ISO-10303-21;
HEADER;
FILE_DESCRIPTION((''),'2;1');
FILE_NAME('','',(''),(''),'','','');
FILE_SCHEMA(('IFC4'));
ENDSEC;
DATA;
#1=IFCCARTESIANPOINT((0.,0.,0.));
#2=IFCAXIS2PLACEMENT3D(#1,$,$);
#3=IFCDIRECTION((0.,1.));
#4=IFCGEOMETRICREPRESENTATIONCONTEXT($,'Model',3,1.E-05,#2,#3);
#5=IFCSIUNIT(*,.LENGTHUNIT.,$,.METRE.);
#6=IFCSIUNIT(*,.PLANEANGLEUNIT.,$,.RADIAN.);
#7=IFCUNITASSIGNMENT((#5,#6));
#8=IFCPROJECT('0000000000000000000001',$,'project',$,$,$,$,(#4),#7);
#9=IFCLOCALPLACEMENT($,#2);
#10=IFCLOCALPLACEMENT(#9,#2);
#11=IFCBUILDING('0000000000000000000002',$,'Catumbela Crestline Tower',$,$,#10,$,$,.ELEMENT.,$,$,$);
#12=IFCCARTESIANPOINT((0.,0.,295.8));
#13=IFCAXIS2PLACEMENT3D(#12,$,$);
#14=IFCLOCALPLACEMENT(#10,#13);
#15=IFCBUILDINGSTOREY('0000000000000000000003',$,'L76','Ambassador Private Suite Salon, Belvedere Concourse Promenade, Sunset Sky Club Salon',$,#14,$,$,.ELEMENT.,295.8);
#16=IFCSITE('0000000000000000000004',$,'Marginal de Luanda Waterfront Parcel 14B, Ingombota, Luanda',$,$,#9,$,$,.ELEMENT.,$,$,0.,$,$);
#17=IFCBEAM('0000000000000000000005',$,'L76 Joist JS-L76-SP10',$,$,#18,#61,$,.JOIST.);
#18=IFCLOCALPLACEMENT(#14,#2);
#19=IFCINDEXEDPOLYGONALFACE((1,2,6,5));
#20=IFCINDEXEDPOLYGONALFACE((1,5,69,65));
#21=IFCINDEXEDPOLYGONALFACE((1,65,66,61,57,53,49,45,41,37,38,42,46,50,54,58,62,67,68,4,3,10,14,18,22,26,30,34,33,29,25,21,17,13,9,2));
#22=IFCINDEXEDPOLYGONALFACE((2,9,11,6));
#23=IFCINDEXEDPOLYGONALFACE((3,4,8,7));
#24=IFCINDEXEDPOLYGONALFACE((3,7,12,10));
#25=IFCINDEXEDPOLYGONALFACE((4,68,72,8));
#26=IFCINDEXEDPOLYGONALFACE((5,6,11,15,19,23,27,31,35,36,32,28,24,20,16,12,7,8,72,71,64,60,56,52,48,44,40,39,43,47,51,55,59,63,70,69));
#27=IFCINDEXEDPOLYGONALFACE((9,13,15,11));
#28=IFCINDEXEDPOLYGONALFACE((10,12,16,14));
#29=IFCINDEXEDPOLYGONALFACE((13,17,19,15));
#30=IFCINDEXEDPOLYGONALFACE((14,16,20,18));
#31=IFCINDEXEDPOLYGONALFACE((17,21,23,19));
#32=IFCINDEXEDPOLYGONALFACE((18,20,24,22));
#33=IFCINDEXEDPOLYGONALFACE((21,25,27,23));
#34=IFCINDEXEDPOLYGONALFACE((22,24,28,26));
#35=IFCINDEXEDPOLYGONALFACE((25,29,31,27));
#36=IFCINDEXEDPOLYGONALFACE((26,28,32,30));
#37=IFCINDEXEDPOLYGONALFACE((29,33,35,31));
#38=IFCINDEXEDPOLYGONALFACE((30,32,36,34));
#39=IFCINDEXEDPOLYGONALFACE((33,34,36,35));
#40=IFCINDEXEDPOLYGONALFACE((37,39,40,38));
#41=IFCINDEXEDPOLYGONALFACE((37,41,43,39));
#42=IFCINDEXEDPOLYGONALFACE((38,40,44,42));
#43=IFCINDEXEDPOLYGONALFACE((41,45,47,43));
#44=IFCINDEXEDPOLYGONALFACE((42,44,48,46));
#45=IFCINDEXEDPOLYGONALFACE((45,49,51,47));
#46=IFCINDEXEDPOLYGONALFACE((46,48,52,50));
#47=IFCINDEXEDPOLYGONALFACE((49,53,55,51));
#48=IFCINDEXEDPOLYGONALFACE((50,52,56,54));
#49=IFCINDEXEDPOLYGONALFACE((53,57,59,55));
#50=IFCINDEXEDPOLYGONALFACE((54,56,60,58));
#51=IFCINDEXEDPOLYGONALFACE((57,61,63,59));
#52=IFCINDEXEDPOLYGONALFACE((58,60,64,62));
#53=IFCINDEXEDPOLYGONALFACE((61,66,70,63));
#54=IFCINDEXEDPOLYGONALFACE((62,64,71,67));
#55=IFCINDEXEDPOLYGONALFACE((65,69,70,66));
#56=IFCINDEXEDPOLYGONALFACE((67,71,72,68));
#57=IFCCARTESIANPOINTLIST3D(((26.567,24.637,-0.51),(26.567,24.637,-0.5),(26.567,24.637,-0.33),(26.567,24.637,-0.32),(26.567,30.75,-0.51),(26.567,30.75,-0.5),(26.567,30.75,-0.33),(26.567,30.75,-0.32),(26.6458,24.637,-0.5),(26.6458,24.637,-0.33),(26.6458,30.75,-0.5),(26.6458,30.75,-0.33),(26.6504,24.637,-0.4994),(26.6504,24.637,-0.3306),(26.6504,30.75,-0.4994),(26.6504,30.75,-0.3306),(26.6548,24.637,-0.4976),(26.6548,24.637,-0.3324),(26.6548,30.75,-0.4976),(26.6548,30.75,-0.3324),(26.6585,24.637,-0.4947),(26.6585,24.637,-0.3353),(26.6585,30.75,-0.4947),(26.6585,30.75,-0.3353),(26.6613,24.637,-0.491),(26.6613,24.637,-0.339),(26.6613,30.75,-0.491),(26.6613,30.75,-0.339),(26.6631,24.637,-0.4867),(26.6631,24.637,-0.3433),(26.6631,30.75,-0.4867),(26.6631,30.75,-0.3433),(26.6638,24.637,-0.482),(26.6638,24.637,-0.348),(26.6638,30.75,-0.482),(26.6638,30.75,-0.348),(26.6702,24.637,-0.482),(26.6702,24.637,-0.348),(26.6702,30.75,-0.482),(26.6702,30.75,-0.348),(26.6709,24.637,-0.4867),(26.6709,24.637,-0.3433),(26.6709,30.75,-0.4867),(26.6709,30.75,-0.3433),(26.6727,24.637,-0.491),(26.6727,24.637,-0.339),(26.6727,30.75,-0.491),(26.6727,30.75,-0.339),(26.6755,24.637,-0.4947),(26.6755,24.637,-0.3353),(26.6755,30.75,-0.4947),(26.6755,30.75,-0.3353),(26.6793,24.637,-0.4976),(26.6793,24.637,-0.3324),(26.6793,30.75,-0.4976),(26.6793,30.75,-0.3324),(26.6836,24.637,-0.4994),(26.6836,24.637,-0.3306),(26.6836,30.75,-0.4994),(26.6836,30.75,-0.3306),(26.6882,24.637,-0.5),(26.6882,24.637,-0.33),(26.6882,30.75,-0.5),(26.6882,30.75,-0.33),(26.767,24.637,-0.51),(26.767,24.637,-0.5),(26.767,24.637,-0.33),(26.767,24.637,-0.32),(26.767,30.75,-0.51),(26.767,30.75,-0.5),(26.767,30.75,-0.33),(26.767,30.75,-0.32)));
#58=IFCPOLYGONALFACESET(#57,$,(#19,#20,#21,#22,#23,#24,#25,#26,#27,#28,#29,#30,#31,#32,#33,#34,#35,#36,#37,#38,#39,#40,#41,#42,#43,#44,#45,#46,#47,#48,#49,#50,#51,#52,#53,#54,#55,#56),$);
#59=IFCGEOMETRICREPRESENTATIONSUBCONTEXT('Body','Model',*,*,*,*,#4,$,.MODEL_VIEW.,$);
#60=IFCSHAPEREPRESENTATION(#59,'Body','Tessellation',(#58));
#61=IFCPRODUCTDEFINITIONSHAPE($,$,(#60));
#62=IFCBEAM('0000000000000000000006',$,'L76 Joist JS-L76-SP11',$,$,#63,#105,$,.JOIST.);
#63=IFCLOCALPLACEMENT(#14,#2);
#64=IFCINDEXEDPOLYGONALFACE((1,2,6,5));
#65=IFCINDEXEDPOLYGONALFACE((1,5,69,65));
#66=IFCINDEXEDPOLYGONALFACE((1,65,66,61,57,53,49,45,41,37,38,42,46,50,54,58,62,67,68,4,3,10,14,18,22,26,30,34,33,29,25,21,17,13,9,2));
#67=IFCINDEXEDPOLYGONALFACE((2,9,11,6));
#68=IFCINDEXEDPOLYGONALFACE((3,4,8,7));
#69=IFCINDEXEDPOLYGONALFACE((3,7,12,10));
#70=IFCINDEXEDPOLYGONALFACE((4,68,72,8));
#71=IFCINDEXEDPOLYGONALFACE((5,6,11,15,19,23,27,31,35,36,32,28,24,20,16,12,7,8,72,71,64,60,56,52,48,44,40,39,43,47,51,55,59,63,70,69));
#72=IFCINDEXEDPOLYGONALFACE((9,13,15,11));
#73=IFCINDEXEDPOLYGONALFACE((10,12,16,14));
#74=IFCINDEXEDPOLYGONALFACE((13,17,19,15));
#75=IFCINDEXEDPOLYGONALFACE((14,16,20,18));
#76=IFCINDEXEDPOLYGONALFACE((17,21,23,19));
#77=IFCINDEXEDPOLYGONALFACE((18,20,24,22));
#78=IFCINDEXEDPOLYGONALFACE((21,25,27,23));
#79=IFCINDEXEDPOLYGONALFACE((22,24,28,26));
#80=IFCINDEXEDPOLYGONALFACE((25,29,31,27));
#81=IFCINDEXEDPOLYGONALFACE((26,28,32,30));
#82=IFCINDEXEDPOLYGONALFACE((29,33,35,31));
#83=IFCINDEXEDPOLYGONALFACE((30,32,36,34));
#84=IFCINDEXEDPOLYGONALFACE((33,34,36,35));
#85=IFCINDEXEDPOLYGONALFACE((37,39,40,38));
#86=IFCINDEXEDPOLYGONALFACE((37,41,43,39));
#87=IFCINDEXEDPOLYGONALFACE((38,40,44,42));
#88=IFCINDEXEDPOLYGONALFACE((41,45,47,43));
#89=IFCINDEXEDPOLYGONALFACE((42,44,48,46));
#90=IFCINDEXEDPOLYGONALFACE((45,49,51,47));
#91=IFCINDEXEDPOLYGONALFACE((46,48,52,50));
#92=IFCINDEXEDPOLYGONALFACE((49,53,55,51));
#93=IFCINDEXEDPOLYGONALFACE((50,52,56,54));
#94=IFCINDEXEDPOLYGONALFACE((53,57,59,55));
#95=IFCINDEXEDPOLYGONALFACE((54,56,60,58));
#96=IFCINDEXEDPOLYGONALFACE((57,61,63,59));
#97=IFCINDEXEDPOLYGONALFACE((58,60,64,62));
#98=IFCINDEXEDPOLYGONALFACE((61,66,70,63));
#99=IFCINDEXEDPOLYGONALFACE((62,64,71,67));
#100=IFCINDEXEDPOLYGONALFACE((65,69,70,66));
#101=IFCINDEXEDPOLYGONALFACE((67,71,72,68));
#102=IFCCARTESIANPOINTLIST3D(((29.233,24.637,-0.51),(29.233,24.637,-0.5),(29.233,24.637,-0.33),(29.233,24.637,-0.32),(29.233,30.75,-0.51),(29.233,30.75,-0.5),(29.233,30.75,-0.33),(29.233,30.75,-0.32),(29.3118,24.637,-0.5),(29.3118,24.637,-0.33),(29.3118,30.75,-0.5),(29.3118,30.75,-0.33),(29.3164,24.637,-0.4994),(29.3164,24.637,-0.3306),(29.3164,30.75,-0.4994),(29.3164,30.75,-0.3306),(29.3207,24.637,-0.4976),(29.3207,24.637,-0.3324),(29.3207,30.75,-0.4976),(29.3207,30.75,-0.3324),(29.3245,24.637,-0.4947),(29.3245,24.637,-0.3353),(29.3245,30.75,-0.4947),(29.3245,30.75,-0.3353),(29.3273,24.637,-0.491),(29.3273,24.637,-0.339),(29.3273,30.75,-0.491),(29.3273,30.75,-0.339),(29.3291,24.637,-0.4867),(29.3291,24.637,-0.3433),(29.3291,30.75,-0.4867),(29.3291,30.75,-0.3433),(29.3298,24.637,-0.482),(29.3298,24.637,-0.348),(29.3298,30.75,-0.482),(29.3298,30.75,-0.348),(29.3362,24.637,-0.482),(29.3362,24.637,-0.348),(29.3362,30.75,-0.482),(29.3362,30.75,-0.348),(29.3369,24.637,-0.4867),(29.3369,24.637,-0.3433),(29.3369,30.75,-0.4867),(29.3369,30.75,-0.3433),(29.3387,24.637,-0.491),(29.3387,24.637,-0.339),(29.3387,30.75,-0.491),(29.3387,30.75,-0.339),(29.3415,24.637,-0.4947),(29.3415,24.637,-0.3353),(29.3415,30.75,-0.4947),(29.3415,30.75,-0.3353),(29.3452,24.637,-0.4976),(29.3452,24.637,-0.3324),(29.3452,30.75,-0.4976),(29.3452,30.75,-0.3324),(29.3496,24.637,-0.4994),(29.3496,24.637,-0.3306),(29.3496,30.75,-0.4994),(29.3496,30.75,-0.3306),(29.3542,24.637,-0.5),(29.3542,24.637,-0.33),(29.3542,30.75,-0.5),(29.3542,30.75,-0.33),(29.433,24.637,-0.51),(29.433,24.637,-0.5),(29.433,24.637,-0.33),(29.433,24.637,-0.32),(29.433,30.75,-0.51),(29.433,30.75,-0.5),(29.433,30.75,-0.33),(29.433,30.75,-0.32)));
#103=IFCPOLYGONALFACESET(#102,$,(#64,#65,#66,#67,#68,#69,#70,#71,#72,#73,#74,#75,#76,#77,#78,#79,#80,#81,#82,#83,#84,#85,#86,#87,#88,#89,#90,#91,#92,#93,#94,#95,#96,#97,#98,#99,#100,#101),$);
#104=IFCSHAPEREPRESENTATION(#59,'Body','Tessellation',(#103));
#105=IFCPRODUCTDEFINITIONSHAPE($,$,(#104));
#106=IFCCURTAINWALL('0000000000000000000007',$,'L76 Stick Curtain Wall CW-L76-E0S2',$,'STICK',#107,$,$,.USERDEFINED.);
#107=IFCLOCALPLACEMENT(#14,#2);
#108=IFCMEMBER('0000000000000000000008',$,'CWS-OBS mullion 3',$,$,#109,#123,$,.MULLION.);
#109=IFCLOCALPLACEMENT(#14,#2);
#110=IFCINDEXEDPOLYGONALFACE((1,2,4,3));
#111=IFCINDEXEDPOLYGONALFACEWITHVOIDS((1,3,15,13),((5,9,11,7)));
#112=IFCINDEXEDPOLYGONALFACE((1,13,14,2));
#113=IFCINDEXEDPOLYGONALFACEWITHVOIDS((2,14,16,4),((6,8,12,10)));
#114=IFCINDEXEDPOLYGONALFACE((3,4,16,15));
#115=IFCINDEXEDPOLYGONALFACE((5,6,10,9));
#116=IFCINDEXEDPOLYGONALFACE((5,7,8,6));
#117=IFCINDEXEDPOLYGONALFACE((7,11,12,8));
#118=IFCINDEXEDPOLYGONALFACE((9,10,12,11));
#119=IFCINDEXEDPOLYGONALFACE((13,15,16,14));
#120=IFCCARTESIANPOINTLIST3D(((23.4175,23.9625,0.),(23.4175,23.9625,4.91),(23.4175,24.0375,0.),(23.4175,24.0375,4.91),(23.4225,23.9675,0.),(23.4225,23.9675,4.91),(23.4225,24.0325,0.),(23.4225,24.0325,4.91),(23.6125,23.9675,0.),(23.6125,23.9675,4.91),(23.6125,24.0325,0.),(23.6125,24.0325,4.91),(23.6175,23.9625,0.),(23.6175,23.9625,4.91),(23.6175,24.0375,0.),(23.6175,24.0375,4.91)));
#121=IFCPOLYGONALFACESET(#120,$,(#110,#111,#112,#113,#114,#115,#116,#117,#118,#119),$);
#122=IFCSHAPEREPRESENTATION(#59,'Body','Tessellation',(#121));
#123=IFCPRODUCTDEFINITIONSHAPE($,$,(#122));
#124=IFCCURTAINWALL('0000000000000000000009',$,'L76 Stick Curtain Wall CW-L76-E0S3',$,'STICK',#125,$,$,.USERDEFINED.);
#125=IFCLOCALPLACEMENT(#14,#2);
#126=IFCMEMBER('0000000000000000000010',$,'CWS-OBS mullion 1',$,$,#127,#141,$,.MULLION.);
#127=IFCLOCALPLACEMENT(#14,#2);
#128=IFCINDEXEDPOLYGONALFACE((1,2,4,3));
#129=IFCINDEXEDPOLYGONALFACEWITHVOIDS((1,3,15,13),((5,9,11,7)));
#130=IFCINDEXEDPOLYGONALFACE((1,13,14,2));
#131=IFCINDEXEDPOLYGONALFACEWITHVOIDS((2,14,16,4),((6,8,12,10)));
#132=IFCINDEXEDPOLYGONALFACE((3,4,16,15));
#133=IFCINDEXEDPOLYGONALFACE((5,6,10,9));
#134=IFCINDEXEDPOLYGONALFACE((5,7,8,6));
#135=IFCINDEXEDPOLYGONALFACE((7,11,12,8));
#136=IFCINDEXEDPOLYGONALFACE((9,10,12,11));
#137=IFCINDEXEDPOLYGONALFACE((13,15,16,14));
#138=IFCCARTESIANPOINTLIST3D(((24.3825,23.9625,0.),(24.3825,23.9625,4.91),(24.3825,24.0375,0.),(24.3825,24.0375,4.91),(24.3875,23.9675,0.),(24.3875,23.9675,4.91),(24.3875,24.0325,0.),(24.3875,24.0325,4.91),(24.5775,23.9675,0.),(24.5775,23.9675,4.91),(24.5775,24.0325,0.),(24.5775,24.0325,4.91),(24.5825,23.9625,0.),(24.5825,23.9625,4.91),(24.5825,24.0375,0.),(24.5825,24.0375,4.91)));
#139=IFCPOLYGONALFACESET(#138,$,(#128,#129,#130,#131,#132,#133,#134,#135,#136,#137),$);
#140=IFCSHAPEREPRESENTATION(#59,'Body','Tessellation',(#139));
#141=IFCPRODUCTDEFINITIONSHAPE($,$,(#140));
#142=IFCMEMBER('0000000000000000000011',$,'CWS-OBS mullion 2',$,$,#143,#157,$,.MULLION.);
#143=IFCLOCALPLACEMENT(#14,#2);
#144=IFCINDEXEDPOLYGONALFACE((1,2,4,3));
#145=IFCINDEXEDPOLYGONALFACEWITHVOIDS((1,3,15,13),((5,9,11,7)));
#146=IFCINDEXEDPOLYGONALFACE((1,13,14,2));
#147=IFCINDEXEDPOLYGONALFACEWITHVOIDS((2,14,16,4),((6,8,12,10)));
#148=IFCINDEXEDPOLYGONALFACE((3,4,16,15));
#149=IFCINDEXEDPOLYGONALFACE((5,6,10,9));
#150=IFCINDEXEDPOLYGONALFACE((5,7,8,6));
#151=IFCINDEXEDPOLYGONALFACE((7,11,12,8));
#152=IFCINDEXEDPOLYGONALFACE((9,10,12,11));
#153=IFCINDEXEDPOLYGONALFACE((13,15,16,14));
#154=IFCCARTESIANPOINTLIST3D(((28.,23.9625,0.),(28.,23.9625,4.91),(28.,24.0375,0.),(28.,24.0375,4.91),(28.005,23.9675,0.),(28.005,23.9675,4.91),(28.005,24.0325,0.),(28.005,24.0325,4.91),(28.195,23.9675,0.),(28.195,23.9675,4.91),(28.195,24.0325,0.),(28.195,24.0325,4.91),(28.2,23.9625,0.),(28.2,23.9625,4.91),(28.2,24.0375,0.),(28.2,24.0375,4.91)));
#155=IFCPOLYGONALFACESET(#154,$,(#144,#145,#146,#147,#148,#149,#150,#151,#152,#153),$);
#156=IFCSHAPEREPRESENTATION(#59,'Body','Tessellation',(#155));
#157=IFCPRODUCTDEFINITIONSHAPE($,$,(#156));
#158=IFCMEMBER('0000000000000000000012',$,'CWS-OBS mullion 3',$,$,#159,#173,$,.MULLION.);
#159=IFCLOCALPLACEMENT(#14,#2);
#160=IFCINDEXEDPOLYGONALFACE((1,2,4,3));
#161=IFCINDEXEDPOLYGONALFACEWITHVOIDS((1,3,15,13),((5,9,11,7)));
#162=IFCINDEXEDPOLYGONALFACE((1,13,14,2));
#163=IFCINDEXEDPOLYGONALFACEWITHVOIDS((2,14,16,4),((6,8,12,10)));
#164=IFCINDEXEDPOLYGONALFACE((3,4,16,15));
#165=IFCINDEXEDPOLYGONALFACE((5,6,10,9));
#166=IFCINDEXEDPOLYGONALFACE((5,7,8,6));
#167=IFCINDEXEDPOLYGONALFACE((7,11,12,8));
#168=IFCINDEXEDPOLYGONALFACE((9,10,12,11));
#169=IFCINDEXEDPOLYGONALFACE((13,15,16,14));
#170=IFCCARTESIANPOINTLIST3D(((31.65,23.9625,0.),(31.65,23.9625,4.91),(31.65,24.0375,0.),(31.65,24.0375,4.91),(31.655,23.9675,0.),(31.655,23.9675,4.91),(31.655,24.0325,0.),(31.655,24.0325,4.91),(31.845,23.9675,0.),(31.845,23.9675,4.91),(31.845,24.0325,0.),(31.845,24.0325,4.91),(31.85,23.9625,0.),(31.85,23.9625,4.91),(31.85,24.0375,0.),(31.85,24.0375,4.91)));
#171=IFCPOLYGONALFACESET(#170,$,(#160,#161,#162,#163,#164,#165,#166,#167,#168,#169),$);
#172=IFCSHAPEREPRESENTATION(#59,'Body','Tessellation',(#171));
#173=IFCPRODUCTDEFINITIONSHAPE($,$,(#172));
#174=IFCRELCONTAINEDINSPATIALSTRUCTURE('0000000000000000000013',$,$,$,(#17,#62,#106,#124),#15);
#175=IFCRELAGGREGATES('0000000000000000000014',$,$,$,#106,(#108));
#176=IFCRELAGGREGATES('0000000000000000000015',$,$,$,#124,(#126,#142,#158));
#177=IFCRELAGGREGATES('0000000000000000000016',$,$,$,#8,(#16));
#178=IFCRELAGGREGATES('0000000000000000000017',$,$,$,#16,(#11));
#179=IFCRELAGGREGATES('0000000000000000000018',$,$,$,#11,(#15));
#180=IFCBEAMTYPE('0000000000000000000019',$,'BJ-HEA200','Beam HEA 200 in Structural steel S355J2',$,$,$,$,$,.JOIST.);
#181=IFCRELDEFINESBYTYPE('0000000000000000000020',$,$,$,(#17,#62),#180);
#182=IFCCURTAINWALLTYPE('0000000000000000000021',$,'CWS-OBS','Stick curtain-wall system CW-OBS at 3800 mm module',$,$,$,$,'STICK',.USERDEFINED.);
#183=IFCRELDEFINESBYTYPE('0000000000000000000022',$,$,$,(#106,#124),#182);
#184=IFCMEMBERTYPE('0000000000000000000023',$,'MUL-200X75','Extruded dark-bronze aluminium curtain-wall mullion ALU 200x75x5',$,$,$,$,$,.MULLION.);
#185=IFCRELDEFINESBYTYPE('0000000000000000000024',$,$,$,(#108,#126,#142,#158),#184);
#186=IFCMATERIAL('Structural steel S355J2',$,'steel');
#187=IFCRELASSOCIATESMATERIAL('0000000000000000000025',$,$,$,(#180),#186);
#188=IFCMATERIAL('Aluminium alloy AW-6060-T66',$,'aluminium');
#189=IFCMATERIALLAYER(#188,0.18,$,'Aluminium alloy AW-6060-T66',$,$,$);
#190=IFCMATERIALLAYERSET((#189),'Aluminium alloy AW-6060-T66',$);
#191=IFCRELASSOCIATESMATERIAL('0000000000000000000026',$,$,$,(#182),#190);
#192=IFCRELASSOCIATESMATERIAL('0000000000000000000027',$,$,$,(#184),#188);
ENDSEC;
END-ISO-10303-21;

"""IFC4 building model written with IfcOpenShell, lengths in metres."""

from ifc_helpers import new_model, si_unit, direction, frame, origin, origin_2d, place, context, subcontext, project, spatial, hollow_rectangle, i_section, extrude, material, layer, layer_set, material_profile, profile_set, type_object, element, aggregate, save


model = new_model("IFC4")

# Units and contexts
model_context = context("Model", 3, precision=1e-05, world=origin(), true_north=direction((0.0, 1.0)))
body_context = subcontext(model_context, "Body", "Model", "MODEL_VIEW")
ifc_project = project(units=[si_unit("LENGTHUNIT", "METRE"), si_unit("PLANEANGLEUNIT", "RADIAN")], contexts=[model_context])

# Site, building, storey
site_placement = place(None, origin())
site = spatial("IfcSite", under=ifc_project, at=site_placement, Name="Marginal de Luanda Waterfront Parcel 14B, Ingombota, Luanda", CompositionType="ELEMENT", RefElevation=0.0)
building_placement = place(site_placement, origin())
building = spatial("IfcBuilding", under=site, at=building_placement, Name="Catumbela Crestline Tower", CompositionType="ELEMENT")
storey_placement = place(building_placement, frame((0.0, 0.0, 295.8)))
storey = spatial("IfcBuildingStorey", under=building, at=storey_placement, Name="L76", Description="Ambassador Private Suite Salon, Belvedere Concourse Promenade, Sunset Sky Club Salon", CompositionType="ELEMENT", Elevation=295.8)

# Shared definitions
ifc_material_1 = material(Name="Structural steel S355J2", Category="steel")

# Beams
ifc_material_profile_1 = material_profile(ifc_material_1, i_section(OverallWidth=0.2, OverallDepth=0.19, WebThickness=0.0065, FlangeThickness=0.01, FilletRadius=0.018, at=origin_2d()), Name="HEA 200")
ifc_profile_set_1 = profile_set([ifc_material_profile_1], Name="Structural steel S355J2")
beam_type_1 = type_object("IfcBeamType", Name="BJ-HEA200", Description="Beam HEA 200 in Structural steel S355J2", PredefinedType="JOIST", material=ifc_profile_set_1)
for number, where, z_axis, x_axis, name in (
    (1, (26.667, 24.637, -0.415), (0.0, 1.0, 0.0), (-1.0, 0.0, 0.0), "L76 Joist JS-L76-SP10"),
    (2, (29.333, 24.637, -0.415), (0.0, 1.0, 0.0), (-1.0, 0.0, 0.0), "L76 Joist JS-L76-SP11"),
):
    element("IfcBeam", number, at=place(storey_placement, frame(where, z_axis=z_axis, x_axis=x_axis)), inside=storey, type_object=beam_type_1, Name=name, PredefinedType="JOIST", context=body_context, shape_type="SweptSolid", body=[
        extrude(i_section(OverallWidth=0.2, OverallDepth=0.19, WebThickness=0.0065, FlangeThickness=0.01, FilletRadius=0.018, at=origin_2d()), origin(), (0.0, 0.0, 1.0), 6.113),
    ])

# Curtain wall, member
ifc_material_2 = material(Name="Aluminium alloy AW-6060-T66", Category="aluminium")
ifc_layer_1 = layer(ifc_material_2, 0.18, Name="Aluminium alloy AW-6060-T66")
ifc_layer_set_1 = layer_set([ifc_layer_1], Name="Aluminium alloy AW-6060-T66")
curtain_wall_type = type_object("IfcCurtainWallType", Name="CWS-OBS", Description="Stick curtain-wall system CW-OBS at 3800 mm module", ElementType="STICK", PredefinedType="USERDEFINED", material=ifc_layer_set_1)
curtain_wall_1_placement = place(storey_placement, origin())
curtain_wall_1 = element("IfcCurtainWall", 3, at=curtain_wall_1_placement, inside=storey, type_object=curtain_wall_type, Name="L76 Stick Curtain Wall CW-L76-E0S2", ObjectType="STICK", PredefinedType="USERDEFINED")
ifc_material_profile_2 = material_profile(ifc_material_2, hollow_rectangle(XDim=0.075, YDim=0.2, WallThickness=0.005, at=origin_2d()), Name="ALU 200x75x5")
ifc_profile_set_2 = profile_set([ifc_material_profile_2], Name="Aluminium alloy AW-6060-T66")
member_type_1 = type_object("IfcMemberType", Name="MUL-200X75", Description="Extruded dark-bronze aluminium curtain-wall mullion ALU 200x75x5", PredefinedType="MULLION", material=ifc_profile_set_2)
member_1_placement = place(storey_placement, frame((23.5175, 24.0, 0.0), z_axis=(0.0, 0.0, 1.0), x_axis=(0.0, 1.0, 0.0)))
member_1 = element("IfcMember", 4, at=member_1_placement, type_object=member_type_1, Name="CWS-OBS mullion 3", PredefinedType="MULLION", context=body_context, shape_type="SweptSolid", body=[
    extrude(hollow_rectangle(XDim=0.075, YDim=0.2, WallThickness=0.005, at=origin_2d()), origin(), (0.0, 0.0, 1.0), 4.91),
])

# Curtain wall, members
curtain_wall_2_placement = place(storey_placement, origin())
curtain_wall_2 = element("IfcCurtainWall", 5, at=curtain_wall_2_placement, inside=storey, type_object=curtain_wall_type, Name="L76 Stick Curtain Wall CW-L76-E0S3", ObjectType="STICK", PredefinedType="USERDEFINED")
member_2_placement = place(storey_placement, frame((24.4825, 24.0, 0.0), z_axis=(0.0, 0.0, 1.0), x_axis=(0.0, 1.0, 0.0)))
member_2 = element("IfcMember", 6, at=member_2_placement, type_object=member_type_1, Name="CWS-OBS mullion 1", PredefinedType="MULLION", context=body_context, shape_type="SweptSolid", body=[
    extrude(hollow_rectangle(XDim=0.075, YDim=0.2, WallThickness=0.005, at=origin_2d()), origin(), (0.0, 0.0, 1.0), 4.91),
])
member_3_placement = place(storey_placement, frame((28.1, 24.0, 0.0), z_axis=(0.0, 0.0, 1.0), x_axis=(0.0, 1.0, 0.0)))
member_3 = element("IfcMember", 7, at=member_3_placement, type_object=member_type_1, Name="CWS-OBS mullion 2", PredefinedType="MULLION", context=body_context, shape_type="SweptSolid", body=[
    extrude(hollow_rectangle(XDim=0.075, YDim=0.2, WallThickness=0.005, at=origin_2d()), origin(), (0.0, 0.0, 1.0), 4.91),
])
member_4_placement = place(storey_placement, frame((31.75, 24.0, 0.0), z_axis=(0.0, 0.0, 1.0), x_axis=(0.0, 1.0, 0.0)))
member_4 = element("IfcMember", 8, at=member_4_placement, type_object=member_type_1, Name="CWS-OBS mullion 3", PredefinedType="MULLION", context=body_context, shape_type="SweptSolid", body=[
    extrude(hollow_rectangle(XDim=0.075, YDim=0.2, WallThickness=0.005, at=origin_2d()), origin(), (0.0, 0.0, 1.0), 4.91),
])

aggregate(curtain_wall_1, [member_1])
aggregate(curtain_wall_2, [member_2, member_3, member_4])

save(model, "model.ifc")
